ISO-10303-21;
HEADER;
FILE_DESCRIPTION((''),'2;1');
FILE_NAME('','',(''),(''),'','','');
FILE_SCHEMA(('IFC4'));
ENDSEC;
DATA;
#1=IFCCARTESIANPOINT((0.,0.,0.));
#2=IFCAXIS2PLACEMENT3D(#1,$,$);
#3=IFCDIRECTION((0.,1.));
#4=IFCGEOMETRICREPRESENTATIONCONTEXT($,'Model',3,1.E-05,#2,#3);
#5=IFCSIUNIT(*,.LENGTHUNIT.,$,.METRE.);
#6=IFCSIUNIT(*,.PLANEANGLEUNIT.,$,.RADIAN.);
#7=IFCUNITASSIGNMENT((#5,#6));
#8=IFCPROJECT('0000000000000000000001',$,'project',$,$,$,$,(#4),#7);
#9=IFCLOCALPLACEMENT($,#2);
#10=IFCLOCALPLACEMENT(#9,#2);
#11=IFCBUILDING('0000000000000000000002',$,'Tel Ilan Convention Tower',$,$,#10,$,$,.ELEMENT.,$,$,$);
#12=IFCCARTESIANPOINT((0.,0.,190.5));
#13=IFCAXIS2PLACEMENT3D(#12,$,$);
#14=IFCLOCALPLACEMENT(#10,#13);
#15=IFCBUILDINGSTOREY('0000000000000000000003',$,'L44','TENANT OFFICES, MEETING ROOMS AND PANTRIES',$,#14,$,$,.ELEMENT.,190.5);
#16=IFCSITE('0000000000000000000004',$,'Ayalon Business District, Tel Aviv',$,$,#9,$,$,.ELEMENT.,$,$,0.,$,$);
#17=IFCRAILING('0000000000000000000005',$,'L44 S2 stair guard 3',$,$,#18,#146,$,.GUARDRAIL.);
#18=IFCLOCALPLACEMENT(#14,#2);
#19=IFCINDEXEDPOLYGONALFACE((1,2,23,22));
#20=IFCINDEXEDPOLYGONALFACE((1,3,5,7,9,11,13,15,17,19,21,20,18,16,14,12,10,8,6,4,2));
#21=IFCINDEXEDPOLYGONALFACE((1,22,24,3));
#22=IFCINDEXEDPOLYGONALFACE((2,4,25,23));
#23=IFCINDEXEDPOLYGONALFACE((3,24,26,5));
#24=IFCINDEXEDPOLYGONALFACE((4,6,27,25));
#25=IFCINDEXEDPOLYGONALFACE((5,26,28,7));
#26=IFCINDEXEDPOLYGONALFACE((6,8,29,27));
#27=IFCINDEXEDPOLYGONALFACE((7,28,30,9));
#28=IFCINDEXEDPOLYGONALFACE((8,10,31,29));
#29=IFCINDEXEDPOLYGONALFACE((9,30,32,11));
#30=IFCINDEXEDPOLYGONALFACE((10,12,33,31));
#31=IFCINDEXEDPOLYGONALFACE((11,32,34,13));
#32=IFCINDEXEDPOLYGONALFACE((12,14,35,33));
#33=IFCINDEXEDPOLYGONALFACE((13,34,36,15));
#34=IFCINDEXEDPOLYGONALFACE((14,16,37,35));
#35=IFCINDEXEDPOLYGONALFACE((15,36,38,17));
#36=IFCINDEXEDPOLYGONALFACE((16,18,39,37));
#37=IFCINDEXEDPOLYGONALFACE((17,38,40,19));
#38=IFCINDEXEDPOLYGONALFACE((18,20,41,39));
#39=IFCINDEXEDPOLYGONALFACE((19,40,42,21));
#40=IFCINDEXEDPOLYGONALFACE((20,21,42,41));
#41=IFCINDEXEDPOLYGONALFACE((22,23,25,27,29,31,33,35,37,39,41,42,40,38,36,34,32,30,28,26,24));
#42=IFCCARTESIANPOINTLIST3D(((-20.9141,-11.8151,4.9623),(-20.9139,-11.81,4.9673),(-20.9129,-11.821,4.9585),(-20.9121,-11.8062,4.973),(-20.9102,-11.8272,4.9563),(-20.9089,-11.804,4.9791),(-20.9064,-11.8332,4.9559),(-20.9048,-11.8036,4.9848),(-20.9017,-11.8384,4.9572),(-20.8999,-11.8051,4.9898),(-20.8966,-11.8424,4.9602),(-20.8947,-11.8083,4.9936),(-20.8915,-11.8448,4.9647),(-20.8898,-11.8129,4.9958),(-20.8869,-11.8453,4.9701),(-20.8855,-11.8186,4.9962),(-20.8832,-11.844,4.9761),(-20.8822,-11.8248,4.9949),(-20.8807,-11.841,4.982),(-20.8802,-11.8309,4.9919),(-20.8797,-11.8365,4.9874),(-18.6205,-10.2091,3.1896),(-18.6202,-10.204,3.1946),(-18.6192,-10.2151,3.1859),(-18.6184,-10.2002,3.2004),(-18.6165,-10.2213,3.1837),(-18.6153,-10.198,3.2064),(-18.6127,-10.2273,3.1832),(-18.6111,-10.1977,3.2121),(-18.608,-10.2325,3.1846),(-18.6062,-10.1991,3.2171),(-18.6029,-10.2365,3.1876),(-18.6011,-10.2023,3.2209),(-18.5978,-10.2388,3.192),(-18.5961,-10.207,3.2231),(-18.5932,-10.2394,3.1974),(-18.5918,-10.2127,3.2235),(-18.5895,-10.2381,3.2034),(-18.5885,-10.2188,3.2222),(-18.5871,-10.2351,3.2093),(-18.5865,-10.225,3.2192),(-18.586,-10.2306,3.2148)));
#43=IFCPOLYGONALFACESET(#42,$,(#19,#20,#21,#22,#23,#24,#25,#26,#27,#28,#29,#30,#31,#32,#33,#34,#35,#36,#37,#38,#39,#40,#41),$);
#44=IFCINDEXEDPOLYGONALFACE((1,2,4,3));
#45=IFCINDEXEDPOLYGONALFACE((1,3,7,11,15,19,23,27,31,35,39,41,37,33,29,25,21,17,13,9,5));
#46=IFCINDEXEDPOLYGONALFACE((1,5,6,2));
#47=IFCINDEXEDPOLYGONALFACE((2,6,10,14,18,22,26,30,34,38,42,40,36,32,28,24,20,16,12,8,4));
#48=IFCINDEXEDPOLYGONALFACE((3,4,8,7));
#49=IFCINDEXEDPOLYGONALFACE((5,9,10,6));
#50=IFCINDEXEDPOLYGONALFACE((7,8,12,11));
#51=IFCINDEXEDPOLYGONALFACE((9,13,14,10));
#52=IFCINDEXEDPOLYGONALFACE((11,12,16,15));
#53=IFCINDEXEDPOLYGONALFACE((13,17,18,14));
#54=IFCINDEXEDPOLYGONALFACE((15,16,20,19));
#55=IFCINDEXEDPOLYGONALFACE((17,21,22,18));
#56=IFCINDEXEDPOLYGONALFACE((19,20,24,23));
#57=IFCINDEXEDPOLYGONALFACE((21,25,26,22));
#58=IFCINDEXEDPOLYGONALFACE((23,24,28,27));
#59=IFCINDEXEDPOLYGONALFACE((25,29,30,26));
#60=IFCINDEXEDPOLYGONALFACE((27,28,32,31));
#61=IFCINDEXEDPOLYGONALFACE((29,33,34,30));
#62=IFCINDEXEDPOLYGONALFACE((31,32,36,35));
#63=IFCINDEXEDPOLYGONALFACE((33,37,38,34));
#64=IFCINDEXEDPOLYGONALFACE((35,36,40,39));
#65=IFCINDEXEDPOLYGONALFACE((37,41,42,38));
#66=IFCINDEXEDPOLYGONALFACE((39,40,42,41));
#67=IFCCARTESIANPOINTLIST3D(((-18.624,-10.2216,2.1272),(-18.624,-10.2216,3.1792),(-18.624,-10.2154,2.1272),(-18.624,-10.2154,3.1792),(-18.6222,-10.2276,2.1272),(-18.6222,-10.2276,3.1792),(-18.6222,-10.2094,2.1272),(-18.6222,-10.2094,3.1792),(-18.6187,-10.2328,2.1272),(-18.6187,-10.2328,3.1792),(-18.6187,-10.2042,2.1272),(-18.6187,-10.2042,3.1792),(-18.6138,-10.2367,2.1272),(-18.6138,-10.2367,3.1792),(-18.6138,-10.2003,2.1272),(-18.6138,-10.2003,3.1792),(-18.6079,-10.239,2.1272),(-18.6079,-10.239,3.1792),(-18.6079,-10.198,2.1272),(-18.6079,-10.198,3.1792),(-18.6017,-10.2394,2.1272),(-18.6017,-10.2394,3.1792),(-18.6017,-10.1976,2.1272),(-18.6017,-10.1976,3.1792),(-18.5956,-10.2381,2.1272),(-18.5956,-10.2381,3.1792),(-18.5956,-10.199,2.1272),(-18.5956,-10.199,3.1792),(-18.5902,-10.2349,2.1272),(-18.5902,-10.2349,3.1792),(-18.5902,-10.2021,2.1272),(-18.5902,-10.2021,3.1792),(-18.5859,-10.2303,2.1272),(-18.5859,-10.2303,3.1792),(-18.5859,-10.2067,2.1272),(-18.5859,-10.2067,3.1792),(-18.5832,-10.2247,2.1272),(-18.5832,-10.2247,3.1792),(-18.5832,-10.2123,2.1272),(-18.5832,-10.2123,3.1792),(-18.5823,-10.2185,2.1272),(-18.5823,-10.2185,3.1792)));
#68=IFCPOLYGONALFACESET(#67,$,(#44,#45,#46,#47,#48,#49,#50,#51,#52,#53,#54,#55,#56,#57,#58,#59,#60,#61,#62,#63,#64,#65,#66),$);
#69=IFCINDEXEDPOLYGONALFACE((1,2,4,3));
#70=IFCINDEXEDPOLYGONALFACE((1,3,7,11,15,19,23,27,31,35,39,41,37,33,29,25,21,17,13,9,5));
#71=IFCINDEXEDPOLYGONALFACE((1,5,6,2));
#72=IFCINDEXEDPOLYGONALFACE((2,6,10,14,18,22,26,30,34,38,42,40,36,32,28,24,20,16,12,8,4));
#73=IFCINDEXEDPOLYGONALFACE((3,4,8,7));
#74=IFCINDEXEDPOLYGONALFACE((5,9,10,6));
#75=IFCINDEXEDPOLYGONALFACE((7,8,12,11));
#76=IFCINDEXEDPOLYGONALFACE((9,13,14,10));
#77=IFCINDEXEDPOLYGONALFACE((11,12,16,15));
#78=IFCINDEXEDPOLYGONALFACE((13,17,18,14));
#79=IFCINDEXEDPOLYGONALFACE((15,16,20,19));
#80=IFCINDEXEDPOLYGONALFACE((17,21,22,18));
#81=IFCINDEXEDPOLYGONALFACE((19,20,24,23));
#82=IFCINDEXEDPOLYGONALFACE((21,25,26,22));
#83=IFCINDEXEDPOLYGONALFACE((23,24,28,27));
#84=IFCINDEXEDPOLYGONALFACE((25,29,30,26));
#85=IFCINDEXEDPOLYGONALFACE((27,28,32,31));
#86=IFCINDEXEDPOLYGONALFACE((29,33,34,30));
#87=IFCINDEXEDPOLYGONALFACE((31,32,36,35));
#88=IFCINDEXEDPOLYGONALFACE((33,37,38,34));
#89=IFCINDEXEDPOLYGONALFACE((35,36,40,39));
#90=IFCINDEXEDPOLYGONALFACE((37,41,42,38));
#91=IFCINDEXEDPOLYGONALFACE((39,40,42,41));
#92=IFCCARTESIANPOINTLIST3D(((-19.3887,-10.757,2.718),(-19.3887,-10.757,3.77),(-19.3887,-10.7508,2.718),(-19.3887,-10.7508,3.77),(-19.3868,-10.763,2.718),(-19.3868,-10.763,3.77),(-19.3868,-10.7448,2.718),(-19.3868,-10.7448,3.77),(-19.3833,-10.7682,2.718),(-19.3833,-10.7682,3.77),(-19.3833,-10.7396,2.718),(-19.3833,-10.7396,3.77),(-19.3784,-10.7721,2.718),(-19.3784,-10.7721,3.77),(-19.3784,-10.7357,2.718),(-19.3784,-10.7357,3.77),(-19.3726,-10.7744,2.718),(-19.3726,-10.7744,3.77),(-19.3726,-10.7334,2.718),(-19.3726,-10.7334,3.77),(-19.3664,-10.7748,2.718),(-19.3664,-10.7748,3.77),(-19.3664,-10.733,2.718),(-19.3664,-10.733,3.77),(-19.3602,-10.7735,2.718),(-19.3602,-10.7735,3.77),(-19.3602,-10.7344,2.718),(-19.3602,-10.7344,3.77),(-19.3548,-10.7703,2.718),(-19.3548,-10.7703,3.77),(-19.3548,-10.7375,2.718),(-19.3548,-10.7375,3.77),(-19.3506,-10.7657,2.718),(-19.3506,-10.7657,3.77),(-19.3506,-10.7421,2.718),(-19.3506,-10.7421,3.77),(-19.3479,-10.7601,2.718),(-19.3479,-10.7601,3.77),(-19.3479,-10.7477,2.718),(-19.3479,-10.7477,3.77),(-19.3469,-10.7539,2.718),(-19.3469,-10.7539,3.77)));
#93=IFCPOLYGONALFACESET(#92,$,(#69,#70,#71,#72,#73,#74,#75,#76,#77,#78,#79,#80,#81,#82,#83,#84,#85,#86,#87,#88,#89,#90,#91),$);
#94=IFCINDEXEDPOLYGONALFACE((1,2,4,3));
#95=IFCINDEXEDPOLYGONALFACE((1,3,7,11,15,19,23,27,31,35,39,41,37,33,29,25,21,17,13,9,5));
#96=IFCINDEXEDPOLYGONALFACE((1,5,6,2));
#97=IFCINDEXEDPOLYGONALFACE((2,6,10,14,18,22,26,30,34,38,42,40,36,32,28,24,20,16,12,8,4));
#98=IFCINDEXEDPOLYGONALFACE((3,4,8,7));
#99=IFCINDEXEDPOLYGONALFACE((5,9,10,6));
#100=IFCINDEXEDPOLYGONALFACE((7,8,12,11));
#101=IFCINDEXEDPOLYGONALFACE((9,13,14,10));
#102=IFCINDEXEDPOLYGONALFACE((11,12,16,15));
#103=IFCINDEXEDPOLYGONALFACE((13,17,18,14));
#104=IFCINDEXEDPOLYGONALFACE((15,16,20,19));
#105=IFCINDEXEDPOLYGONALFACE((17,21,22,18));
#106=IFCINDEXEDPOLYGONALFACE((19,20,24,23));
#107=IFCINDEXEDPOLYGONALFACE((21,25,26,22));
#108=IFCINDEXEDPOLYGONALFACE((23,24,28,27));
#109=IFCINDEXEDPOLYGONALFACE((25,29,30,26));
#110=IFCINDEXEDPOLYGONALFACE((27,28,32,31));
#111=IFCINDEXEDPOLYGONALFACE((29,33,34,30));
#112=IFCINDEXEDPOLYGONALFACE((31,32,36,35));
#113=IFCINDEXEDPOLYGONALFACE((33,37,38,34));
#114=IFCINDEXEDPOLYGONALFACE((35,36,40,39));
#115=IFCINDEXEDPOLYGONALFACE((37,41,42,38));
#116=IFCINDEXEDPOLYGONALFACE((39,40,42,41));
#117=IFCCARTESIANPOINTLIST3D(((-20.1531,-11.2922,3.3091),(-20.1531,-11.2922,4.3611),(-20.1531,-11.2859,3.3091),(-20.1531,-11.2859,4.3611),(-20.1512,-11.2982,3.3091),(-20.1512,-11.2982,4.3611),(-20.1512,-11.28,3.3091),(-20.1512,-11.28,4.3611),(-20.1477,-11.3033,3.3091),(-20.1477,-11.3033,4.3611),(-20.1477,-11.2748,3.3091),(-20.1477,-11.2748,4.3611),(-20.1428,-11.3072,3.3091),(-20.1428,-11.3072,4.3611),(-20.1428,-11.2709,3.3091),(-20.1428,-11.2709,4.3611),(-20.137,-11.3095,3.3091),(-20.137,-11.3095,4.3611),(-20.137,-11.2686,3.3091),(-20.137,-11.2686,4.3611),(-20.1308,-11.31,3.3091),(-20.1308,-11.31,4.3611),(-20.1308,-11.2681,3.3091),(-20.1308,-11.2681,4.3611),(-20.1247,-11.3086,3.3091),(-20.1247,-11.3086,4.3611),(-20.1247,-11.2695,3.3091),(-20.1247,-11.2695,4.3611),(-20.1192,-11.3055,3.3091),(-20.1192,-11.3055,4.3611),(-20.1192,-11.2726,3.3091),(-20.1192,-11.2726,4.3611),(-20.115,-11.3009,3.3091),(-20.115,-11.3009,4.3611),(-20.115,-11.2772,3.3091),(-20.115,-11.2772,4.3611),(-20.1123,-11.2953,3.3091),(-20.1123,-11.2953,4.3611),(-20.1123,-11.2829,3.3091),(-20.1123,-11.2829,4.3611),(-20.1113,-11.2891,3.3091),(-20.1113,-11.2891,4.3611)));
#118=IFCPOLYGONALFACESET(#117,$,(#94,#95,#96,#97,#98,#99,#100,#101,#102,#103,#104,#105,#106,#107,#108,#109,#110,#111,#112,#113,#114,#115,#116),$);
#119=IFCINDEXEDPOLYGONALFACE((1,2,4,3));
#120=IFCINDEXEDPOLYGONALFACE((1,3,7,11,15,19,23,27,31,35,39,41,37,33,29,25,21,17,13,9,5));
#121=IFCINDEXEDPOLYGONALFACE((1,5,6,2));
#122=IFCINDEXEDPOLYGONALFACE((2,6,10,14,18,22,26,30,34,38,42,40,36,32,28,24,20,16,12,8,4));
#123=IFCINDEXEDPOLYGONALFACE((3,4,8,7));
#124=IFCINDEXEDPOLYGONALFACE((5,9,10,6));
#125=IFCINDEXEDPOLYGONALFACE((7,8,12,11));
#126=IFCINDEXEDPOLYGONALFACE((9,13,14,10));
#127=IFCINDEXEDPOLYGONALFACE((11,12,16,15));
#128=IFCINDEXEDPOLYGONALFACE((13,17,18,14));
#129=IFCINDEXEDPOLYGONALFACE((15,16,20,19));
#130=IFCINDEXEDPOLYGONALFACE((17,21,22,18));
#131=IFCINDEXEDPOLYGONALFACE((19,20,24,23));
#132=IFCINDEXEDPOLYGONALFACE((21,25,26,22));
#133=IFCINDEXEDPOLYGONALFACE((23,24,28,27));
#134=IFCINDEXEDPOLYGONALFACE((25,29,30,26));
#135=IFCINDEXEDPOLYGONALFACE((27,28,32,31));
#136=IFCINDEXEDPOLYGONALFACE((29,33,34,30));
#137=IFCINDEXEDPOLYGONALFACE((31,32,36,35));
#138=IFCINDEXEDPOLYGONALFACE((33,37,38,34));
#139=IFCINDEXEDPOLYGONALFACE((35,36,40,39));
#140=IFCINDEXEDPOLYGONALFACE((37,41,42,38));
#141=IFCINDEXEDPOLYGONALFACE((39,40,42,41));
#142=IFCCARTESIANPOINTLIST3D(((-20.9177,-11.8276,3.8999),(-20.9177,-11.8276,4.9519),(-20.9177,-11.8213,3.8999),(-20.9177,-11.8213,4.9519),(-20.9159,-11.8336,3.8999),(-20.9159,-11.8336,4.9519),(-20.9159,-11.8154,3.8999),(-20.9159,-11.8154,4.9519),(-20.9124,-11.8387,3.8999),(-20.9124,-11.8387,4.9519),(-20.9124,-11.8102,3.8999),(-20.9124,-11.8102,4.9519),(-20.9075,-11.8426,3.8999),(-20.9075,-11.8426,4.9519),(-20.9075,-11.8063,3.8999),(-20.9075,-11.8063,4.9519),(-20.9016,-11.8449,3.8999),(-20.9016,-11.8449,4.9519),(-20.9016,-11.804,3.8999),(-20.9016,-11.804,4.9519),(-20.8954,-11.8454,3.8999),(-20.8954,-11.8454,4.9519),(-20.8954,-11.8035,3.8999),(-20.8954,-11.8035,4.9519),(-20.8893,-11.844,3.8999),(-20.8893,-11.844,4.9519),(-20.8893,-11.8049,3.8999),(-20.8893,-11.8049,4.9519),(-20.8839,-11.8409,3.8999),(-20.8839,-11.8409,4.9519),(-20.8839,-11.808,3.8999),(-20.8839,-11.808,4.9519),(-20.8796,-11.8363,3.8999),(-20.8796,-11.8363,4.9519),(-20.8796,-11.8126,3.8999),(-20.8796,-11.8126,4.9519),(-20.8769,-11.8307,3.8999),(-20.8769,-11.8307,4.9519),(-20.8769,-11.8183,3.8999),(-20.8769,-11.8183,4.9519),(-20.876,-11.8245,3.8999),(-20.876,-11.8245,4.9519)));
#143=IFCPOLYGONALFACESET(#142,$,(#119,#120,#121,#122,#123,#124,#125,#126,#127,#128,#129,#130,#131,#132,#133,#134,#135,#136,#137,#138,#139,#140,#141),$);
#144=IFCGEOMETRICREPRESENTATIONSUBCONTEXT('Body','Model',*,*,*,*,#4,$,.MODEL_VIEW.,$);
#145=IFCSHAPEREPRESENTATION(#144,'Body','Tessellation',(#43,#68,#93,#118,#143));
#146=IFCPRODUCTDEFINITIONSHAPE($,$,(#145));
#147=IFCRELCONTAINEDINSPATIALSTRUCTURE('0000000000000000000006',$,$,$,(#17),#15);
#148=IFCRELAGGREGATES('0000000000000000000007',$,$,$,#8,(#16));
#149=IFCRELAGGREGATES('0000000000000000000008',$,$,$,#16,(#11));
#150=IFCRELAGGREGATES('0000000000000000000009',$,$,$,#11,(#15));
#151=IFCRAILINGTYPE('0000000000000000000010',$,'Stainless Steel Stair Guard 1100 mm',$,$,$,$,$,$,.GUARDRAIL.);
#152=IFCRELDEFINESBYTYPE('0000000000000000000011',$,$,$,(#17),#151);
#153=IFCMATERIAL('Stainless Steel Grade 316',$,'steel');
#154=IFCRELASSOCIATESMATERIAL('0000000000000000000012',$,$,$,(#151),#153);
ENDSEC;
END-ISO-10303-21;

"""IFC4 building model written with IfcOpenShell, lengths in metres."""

from ifc_helpers import new_model, si_unit, direction, frame, origin, origin_2d, place, context, subcontext, project, spatial, circle, extrude, material, type_object, element, save


model = new_model("IFC4")

# Units and contexts
model_context = context("Model", 3, precision=1e-05, world=origin(), true_north=direction((0.0, 1.0)))
body_context = subcontext(model_context, "Body", "Model", "MODEL_VIEW")
ifc_project = project(units=[si_unit("LENGTHUNIT", "METRE"), si_unit("PLANEANGLEUNIT", "RADIAN")], contexts=[model_context])

# Site, building, storey
site_placement = place(None, origin())
site = spatial("IfcSite", under=ifc_project, at=site_placement, Name="Ayalon Business District, Tel Aviv", CompositionType="ELEMENT", RefElevation=0.0)
building_placement = place(site_placement, origin())
building = spatial("IfcBuilding", under=site, at=building_placement, Name="Tel Ilan Convention Tower", CompositionType="ELEMENT")
storey_placement = place(building_placement, frame((0.0, 0.0, 190.5)))
storey = spatial("IfcBuildingStorey", under=building, at=storey_placement, Name="L44", Description="TENANT OFFICES, MEETING ROOMS AND PANTRIES", CompositionType="ELEMENT", Elevation=190.5)

# Railing
ifc_material_1 = material(Name="Stainless Steel Grade 316", Category="steel")
railing_type = type_object("IfcRailingType", Name="Stainless Steel Stair Guard 1100 mm", PredefinedType="GUARDRAIL", material=ifc_material_1)
railing_1_placement = place(storey_placement, frame((-18.6033, -10.2185, 2.1272)))
element("IfcRailing", 1, at=railing_1_placement, inside=storey, type_object=railing_type, Name="L44 S2 stair guard 3", PredefinedType="GUARDRAIL", context=body_context, shape_type="SweptSolid", body=[
    extrude(circle(Radius=0.0239, at=origin_2d()), frame((0.0, 0.0, 1.0762), z_axis=(-0.692123, -0.484597, 0.534913), x_axis=(0.57355, -0.81917, 0.0)), (0.0, 0.0, 1.0), 3.314),
    extrude(circle(Radius=0.021, at=origin_2d()), origin(), (0.0, 0.0, 1.0), 1.052),
    extrude(circle(Radius=0.021, at=origin_2d()), frame((-0.7646, -0.5354, 0.5908)), (0.0, 0.0, 1.0), 1.052),
    extrude(circle(Radius=0.021, at=origin_2d()), frame((-1.5291, -1.0706, 1.1819)), (0.0, 0.0, 1.0), 1.052),
    extrude(circle(Radius=0.021, at=origin_2d()), frame((-2.2937, -1.606, 1.7727)), (0.0, 0.0, 1.0), 1.052),
])

save(model, "model.ifc")
